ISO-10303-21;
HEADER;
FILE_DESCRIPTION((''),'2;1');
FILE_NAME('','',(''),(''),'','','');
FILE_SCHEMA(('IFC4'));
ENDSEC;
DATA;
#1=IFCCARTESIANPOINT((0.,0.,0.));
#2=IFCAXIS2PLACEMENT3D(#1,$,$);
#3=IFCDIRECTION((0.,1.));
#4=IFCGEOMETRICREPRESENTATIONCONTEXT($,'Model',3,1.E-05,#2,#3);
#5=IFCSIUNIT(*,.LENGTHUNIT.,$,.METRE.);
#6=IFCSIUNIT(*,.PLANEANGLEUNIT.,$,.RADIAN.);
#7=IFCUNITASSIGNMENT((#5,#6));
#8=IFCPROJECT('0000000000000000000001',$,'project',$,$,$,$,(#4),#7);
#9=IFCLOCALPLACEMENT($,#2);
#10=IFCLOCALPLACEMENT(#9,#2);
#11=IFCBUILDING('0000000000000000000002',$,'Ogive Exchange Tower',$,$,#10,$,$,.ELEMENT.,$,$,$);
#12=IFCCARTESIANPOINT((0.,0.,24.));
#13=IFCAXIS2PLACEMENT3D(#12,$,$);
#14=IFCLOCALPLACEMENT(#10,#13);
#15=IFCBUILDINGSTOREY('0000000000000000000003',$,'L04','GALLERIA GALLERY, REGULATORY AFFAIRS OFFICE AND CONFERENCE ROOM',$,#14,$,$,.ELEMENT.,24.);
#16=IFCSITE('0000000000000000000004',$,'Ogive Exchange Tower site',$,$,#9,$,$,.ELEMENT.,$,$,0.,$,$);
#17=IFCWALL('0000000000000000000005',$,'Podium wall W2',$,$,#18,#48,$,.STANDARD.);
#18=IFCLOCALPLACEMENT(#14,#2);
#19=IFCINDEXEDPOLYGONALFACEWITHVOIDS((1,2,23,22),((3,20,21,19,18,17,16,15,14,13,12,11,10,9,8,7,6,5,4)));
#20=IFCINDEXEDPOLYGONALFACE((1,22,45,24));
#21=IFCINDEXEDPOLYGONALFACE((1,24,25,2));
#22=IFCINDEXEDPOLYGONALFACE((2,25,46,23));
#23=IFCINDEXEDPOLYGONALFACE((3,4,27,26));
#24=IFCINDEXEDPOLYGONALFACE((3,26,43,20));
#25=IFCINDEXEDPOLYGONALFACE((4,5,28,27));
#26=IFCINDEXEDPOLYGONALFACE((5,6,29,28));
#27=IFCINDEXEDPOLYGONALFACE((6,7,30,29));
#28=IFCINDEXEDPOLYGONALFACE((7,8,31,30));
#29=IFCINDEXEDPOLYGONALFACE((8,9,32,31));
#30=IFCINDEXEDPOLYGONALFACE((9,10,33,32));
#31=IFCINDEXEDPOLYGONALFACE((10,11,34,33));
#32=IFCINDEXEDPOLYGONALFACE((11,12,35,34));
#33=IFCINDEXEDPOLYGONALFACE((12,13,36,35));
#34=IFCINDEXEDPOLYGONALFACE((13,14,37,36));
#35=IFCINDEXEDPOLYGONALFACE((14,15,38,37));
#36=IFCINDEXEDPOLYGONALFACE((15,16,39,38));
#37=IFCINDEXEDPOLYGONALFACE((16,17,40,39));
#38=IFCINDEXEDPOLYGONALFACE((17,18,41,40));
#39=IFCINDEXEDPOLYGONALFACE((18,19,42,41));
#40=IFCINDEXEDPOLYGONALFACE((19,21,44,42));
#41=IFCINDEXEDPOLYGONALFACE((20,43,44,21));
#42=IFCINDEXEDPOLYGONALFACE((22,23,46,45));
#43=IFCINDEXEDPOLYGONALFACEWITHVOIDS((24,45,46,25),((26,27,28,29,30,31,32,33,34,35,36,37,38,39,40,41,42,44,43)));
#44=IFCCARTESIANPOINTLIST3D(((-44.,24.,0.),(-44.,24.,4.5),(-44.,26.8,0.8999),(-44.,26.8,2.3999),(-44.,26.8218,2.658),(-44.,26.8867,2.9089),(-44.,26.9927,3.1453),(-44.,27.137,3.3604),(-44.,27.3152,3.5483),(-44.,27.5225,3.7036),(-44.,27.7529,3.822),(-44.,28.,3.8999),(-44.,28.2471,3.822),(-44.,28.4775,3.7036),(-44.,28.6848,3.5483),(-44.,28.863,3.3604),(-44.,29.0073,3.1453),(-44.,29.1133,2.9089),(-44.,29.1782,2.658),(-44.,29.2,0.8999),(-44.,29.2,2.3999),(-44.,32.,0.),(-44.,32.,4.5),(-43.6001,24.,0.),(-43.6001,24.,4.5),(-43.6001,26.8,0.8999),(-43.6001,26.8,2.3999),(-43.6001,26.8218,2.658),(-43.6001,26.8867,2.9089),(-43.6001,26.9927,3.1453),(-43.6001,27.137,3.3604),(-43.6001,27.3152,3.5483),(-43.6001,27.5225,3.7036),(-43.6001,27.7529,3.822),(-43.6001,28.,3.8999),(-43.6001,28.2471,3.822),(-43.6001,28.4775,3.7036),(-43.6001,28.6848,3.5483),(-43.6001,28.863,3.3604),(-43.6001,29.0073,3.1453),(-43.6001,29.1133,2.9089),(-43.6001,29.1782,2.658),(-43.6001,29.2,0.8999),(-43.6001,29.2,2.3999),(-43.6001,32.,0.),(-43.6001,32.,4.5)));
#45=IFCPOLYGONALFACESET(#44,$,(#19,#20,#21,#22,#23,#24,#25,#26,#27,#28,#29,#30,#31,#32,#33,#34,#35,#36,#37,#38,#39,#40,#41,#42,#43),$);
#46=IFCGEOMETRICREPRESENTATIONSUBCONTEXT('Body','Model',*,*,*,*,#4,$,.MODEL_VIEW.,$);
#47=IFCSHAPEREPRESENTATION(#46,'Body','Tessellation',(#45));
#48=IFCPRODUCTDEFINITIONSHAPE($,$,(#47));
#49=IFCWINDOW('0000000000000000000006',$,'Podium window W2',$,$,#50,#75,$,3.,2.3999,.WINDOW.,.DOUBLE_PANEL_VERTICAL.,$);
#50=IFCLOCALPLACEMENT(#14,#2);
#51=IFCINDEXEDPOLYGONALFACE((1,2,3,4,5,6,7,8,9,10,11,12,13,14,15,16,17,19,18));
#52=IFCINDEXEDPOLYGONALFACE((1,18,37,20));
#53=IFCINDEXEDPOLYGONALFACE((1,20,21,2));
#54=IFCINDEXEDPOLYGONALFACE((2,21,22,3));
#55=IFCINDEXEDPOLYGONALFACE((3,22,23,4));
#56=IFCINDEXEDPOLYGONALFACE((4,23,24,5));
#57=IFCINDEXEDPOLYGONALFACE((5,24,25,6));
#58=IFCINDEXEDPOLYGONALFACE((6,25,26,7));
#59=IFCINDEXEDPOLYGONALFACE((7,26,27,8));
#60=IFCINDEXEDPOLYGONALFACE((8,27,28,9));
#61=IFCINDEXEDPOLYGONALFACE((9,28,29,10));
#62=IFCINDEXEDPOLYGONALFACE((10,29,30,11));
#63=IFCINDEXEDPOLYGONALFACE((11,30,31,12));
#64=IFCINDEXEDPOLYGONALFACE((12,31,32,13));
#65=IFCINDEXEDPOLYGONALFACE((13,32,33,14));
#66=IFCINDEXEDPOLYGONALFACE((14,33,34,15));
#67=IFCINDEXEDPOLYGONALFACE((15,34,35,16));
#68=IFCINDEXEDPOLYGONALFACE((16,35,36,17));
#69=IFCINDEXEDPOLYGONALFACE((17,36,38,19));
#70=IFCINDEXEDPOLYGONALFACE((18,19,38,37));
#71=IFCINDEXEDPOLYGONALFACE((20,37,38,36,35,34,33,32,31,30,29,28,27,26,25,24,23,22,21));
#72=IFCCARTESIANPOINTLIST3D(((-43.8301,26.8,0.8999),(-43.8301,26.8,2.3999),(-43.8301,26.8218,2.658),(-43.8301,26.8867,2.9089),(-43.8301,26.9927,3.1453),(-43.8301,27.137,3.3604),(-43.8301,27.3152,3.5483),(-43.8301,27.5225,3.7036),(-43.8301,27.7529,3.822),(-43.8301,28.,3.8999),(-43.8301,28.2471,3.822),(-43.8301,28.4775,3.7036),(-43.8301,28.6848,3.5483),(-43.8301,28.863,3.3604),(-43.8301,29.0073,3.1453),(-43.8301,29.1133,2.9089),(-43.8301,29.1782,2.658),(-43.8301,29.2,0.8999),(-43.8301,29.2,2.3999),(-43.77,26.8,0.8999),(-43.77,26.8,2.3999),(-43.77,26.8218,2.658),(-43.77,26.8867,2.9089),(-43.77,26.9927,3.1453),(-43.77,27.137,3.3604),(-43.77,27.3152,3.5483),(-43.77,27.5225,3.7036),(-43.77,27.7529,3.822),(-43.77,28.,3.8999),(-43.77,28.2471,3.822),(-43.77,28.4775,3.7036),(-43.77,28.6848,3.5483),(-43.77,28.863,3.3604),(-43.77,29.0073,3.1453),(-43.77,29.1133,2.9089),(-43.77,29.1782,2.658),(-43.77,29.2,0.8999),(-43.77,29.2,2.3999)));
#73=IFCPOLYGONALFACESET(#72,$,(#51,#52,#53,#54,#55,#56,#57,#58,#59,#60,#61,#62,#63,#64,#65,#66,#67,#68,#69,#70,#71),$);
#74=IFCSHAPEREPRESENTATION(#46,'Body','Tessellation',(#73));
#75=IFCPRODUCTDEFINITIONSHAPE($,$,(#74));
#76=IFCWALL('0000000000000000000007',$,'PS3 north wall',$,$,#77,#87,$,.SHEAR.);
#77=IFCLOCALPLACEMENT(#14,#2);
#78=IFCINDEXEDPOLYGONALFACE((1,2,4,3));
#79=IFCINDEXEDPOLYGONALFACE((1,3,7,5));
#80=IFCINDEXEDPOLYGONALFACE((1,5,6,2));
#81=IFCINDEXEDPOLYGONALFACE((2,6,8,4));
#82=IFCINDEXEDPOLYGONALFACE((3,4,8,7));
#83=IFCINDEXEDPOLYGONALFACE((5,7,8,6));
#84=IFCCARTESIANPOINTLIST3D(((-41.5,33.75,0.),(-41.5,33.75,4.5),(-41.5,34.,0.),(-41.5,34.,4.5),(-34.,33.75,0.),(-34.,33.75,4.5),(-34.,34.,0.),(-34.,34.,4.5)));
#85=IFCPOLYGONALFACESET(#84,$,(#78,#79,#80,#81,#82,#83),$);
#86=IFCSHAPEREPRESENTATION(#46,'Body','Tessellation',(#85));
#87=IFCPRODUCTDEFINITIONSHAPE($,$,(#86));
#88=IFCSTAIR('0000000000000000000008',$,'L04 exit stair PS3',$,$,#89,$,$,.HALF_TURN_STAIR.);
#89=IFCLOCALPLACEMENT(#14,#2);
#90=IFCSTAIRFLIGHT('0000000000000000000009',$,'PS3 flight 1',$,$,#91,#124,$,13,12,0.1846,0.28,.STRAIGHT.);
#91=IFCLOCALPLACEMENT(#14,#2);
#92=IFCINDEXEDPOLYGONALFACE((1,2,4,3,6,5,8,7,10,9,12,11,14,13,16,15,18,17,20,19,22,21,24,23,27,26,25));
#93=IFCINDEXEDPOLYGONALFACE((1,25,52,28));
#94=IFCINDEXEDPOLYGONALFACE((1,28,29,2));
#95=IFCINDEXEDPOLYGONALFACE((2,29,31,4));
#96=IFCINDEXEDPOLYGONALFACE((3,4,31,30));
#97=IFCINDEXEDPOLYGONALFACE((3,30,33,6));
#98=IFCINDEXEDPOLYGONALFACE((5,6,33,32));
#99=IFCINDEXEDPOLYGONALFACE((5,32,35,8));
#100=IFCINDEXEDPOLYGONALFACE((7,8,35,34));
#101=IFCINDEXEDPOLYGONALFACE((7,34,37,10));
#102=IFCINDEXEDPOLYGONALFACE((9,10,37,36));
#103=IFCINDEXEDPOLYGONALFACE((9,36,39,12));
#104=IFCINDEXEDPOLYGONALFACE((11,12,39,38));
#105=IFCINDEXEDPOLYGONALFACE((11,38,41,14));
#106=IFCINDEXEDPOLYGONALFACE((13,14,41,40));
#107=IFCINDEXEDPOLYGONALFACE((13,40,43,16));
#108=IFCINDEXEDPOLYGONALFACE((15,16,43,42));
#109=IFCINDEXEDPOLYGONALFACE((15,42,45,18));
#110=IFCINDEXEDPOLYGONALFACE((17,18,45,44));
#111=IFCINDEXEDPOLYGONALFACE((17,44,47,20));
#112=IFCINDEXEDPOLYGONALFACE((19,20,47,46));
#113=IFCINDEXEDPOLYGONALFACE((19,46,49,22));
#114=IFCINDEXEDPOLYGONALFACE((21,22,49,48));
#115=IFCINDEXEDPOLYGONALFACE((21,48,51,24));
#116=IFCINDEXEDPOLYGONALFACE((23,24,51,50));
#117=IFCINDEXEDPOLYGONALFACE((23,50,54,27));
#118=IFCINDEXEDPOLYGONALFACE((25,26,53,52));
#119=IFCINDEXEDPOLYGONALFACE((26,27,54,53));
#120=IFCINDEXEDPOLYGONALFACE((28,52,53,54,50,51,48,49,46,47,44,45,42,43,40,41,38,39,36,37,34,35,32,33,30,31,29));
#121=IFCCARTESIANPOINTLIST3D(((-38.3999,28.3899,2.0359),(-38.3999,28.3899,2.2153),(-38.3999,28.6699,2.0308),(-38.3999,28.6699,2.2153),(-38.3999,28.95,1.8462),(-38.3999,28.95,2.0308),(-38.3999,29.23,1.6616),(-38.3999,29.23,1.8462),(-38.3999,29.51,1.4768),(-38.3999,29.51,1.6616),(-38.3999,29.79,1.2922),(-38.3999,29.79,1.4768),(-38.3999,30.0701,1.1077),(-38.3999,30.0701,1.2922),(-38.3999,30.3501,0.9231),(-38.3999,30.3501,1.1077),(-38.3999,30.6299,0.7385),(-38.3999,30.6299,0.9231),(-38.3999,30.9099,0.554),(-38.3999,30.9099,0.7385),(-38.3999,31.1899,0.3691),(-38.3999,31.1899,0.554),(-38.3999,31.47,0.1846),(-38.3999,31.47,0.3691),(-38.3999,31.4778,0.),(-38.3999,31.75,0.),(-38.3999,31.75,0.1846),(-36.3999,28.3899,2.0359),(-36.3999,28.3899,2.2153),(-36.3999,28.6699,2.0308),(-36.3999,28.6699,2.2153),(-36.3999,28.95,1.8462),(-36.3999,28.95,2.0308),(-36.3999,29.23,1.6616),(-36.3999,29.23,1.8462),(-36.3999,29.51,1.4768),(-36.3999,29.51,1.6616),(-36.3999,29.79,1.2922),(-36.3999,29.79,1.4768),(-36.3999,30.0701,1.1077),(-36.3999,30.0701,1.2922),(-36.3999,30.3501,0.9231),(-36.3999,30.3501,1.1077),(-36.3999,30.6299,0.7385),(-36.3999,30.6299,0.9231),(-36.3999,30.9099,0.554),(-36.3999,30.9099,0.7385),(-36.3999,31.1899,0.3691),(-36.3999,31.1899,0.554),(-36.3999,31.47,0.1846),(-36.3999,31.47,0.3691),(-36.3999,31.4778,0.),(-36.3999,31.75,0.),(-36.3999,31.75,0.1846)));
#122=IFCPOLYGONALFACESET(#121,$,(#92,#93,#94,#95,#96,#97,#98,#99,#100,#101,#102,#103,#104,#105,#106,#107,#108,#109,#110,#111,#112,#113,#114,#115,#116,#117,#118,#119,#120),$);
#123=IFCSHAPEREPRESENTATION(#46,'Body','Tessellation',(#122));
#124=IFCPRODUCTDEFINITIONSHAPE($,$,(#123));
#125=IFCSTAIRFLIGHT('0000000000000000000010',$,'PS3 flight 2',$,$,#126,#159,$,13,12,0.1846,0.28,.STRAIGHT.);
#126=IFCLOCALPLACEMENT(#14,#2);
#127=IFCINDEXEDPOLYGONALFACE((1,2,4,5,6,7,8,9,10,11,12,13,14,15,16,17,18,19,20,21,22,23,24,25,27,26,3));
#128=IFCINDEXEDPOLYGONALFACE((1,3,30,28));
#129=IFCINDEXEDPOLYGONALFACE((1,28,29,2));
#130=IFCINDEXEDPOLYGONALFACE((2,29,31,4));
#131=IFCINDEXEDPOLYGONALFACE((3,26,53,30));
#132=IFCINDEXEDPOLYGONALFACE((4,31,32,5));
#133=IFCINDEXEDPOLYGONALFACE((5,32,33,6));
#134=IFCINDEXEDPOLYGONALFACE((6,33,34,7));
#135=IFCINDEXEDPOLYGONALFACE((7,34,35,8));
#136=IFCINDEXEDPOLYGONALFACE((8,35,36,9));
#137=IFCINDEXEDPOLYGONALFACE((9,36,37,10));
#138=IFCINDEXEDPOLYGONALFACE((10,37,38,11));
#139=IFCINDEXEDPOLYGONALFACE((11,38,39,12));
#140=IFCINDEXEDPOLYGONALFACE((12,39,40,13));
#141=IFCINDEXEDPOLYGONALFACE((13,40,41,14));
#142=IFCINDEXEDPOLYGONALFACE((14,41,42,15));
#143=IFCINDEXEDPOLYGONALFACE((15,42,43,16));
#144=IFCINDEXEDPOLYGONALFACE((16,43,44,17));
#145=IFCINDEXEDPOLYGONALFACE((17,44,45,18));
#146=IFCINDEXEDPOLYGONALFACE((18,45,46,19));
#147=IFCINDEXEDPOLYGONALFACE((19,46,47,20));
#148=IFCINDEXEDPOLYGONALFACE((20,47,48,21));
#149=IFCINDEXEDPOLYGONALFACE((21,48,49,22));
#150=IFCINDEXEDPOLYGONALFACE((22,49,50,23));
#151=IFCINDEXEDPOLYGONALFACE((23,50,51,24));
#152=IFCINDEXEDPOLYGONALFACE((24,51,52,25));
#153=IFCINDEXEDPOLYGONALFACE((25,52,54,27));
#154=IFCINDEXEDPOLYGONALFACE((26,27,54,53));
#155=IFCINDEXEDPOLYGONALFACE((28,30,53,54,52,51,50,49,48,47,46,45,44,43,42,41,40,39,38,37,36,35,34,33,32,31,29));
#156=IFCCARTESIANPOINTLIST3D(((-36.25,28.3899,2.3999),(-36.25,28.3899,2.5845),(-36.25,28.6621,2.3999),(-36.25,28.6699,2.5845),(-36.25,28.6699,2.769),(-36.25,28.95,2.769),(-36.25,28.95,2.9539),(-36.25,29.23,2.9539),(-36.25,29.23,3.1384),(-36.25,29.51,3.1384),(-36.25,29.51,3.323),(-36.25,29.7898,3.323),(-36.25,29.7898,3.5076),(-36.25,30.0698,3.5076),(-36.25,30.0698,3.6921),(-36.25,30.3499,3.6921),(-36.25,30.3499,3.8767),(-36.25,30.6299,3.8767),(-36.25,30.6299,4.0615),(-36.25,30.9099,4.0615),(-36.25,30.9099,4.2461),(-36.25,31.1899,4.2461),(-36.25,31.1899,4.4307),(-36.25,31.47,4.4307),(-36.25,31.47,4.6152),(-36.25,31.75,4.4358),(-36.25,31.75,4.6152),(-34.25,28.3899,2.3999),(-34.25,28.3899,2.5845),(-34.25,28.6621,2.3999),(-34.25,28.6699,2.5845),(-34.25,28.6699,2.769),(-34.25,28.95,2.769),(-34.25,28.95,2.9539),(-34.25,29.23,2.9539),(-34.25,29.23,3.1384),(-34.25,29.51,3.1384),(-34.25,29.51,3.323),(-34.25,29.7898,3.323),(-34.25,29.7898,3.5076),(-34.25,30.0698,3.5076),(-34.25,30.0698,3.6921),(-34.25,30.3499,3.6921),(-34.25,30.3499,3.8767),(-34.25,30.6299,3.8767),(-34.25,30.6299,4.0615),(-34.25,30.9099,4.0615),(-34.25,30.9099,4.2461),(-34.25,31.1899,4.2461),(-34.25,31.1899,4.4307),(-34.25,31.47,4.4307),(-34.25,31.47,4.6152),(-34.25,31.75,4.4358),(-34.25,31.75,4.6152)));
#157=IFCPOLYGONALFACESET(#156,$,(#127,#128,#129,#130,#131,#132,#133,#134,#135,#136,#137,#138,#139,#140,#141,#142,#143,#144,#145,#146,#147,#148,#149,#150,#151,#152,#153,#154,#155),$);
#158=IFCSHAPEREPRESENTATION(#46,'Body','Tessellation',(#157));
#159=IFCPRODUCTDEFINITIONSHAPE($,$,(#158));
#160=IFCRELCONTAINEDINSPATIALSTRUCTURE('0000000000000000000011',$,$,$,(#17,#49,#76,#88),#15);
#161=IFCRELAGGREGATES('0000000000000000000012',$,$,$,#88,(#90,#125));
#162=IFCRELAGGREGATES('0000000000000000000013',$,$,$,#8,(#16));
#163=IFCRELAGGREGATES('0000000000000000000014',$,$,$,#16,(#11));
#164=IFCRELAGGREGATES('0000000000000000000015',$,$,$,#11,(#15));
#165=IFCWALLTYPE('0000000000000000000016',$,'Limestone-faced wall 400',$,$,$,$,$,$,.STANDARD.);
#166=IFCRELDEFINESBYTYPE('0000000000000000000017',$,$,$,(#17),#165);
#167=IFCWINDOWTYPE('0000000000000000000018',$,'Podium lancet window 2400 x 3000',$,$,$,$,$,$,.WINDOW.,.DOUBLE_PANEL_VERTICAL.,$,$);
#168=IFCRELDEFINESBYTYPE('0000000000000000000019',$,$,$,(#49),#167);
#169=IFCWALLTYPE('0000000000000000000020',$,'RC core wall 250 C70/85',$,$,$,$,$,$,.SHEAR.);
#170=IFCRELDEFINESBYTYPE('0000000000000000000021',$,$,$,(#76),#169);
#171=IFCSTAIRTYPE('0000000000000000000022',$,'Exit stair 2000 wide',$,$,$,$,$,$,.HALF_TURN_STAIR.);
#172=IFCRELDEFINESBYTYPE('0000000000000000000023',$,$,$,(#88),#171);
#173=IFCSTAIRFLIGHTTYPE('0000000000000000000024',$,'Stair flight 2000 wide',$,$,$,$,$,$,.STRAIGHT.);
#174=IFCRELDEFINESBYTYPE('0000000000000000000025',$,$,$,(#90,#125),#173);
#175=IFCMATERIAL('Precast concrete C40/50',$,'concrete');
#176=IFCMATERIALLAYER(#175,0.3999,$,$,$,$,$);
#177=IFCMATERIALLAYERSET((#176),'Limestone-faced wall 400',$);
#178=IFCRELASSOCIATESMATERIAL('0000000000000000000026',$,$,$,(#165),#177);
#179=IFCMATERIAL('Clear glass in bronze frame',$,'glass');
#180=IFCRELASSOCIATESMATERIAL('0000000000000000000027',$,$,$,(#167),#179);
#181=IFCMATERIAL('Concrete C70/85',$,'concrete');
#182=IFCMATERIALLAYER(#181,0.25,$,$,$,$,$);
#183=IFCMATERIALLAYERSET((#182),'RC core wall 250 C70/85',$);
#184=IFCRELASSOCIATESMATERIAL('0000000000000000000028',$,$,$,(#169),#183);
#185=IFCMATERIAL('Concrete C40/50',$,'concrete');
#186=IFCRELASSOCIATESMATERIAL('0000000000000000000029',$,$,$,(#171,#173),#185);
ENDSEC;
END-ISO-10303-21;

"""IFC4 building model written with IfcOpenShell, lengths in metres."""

from ifc_helpers import new_model, si_unit, direction, frame, frame_2d, origin, place, context, subcontext, project, spatial, polyline, rectangle, outline, extrude, material, layer, layer_set, type_object, element, fill, aggregate, save


model = new_model("IFC4")

# Units and contexts
model_context = context("Model", 3, precision=1e-05, world=origin(), true_north=direction((0.0, 1.0)))
body_context = subcontext(model_context, "Body", "Model", "MODEL_VIEW")
ifc_project = project(units=[si_unit("LENGTHUNIT", "METRE"), si_unit("PLANEANGLEUNIT", "RADIAN")], contexts=[model_context])

# Site, building, storey
site_placement = place(None, origin())
site = spatial("IfcSite", under=ifc_project, at=site_placement, Name="Ogive Exchange Tower site", CompositionType="ELEMENT", RefElevation=0.0)
building_placement = place(site_placement, origin())
building = spatial("IfcBuilding", under=site, at=building_placement, Name="Ogive Exchange Tower", CompositionType="ELEMENT")
storey_placement = place(building_placement, frame((0.0, 0.0, 24.0)))
storey = spatial("IfcBuildingStorey", under=building, at=storey_placement, Name="L04", Description="GALLERIA GALLERY, REGULATORY AFFAIRS OFFICE AND CONFERENCE ROOM", CompositionType="ELEMENT", Elevation=24.0)

# Shared definitions
ifc_material_1 = material(Name="Concrete C70/85", Category="concrete")

# Shared definitions
ifc_material_2 = material(Name="Precast concrete C40/50", Category="concrete")
ifc_layer_1 = layer(ifc_material_2, 0.3999)
ifc_layer_set_1 = layer_set([ifc_layer_1], Name="Limestone-faced wall 400")
wall_type_1 = type_object("IfcWallType", Name="Limestone-faced wall 400", PredefinedType="STANDARD", material=ifc_layer_set_1)
ifc_material_3 = material(Name="Clear glass in bronze frame", Category="glass")

# Wall, opening, window
wall_1_placement = place(storey_placement, frame((-43.8, 32.0, 0.0), z_axis=(0.0, 0.0, 1.0), x_axis=(0.0, -1.0, 0.0)))
wall_1 = element("IfcWall", 1, at=wall_1_placement, inside=storey, type_object=wall_type_1, Name="Podium wall W2", PredefinedType="STANDARD", context=body_context, shape_type="SweptSolid", body=[
    extrude(rectangle(XDim=8.0, YDim=0.3999, at=frame_2d((4.0, 0.0))), origin(), (0.0, 0.0, 1.0), 4.5),
])
opening_1_placement = place(wall_1_placement, frame((2.8, 0.0, 0.8999)))
opening_1 = element("IfcOpeningElement", 2, at=opening_1_placement, cuts=wall_1, PredefinedType="OPENING", context=body_context, shape_type="SweptSolid", body=[
    extrude(outline(polyline([(0.0, 0.0), (2.3999, 0.0), (2.3999, 1.5), (2.3782, 1.7581), (2.3132, 2.009), (2.2073, 2.2454), (2.063, 2.4604), (1.8848, 2.6484), (1.6775, 2.8037), (1.447, 2.9221), (1.2, 3.0), (0.9529, 2.9221), (0.7224, 2.8037), (0.5151, 2.6484), (0.3369, 2.4604), (0.1926, 2.2454), (0.0867, 2.009), (0.0217, 1.7581), (0.0, 1.5), (0.0, 0.0)])), frame((0.0, 0.21, 0.0), z_axis=(0.0, -1.0, 0.0), x_axis=(1.0, 0.0, 0.0)), (0.0, 0.0, 1.0), 0.4199),
])
window_type_1 = type_object("IfcWindowType", Name="Podium lancet window 2400 x 3000", PartitioningType="DOUBLE_PANEL_VERTICAL", PredefinedType="WINDOW", material=ifc_material_3)
window_1_placement = place(opening_1_placement, origin())
window_1 = element("IfcWindow", 3, at=window_1_placement, inside=storey, type_object=window_type_1, Name="Podium window W2", OverallHeight=3.0, OverallWidth=2.3999, PartitioningType="DOUBLE_PANEL_VERTICAL", PredefinedType="WINDOW", context=body_context, shape_type="SweptSolid", body=[
    extrude(outline(polyline([(0.0, 0.0), (2.3999, 0.0), (2.3999, 1.5), (2.3782, 1.7581), (2.3132, 2.009), (2.2073, 2.2454), (2.063, 2.4604), (1.8848, 2.6484), (1.6775, 2.8037), (1.447, 2.9221), (1.2, 3.0), (0.9529, 2.9221), (0.7224, 2.8037), (0.5151, 2.6484), (0.3369, 2.4604), (0.1926, 2.2454), (0.0867, 2.009), (0.0217, 1.7581), (0.0, 1.5), (0.0, 0.0)])), frame((0.0, 0.03, 0.0), z_axis=(0.0, -1.0, 0.0), x_axis=(1.0, 0.0, 0.0)), (0.0, 0.0, 1.0), 0.0601),
])
fill(opening_1, window_1)

# Wall
ifc_layer_2 = layer(ifc_material_1, 0.25)
ifc_layer_set_2 = layer_set([ifc_layer_2], Name="RC core wall 250 C70/85")
wall_type_2 = type_object("IfcWallType", Name="RC core wall 250 C70/85", PredefinedType="SHEAR", material=ifc_layer_set_2)
wall_2_placement = place(storey_placement, frame((-41.5, 33.875, 0.0), z_axis=(0.0, 0.0, 1.0), x_axis=(1.0, 0.0, 0.0)))
element("IfcWall", 4, at=wall_2_placement, inside=storey, type_object=wall_type_2, Name="PS3 north wall", PredefinedType="SHEAR", context=body_context, shape_type="SweptSolid", body=[
    extrude(rectangle(XDim=7.5, YDim=0.25, at=frame_2d((3.75, 0.0))), origin(), (0.0, 0.0, 1.0), 4.5),
])

# Stair, stair flights
ifc_material_4 = material(Name="Concrete C40/50", Category="concrete")
stair_type = type_object("IfcStairType", Name="Exit stair 2000 wide", PredefinedType="HALF_TURN_STAIR", material=ifc_material_4)
stair_placement = place(storey_placement, origin())
stair = element("IfcStair", 5, at=stair_placement, inside=storey, type_object=stair_type, Name="L04 exit stair PS3", PredefinedType="HALF_TURN_STAIR")
stair_flight_type = type_object("IfcStairFlightType", Name="Stair flight 2000 wide", PredefinedType="STRAIGHT", material=ifc_material_4)
stair_flight_1_placement = place(storey_placement, frame((-37.3999, 31.75, 0.0), z_axis=(0.0, 0.0, 1.0), x_axis=(0.0, -1.0, 0.0)))
stair_flight_1 = element("IfcStairFlight", 6, at=stair_flight_1_placement, type_object=stair_flight_type, Name="PS3 flight 1", NumberOfRisers=13, NumberOfTreads=12, PredefinedType="STRAIGHT", RiserHeight=0.1846, TreadLength=0.28, context=body_context, shape_type="SweptSolid", body=[
    extrude(outline(polyline([(0.0, 0.0), (0.0, 0.1846), (0.28, 0.1846), (0.28, 0.3691), (0.5601, 0.3691), (0.5601, 0.554), (0.8401, 0.554), (0.8401, 0.7385), (1.1201, 0.7385), (1.1201, 0.9231), (1.3999, 0.9231), (1.3999, 1.1077), (1.6799, 1.1077), (1.6799, 1.2922), (1.96, 1.2922), (1.96, 1.4768), (2.24, 1.4768), (2.24, 1.6616), (2.52, 1.6616), (2.52, 1.8462), (2.8, 1.8462), (2.8, 2.0308), (3.0801, 2.0308), (3.0801, 2.2153), (3.3601, 2.2153), (3.3601, 2.3999), (3.3601, 2.0359), (0.2722, 0.0), (0.0, 0.0)])), frame((0.0, 1.0, 0.0), z_axis=(0.0, -1.0, 0.0), x_axis=(1.0, 0.0, 0.0)), (0.0, 0.0, 1.0), 2.0),
])
stair_flight_2_placement = place(storey_placement, frame((-35.25, 28.3899, 2.3999), z_axis=(0.0, 0.0, 1.0), x_axis=(0.0, 1.0, 0.0)))
stair_flight_2 = element("IfcStairFlight", 7, at=stair_flight_2_placement, type_object=stair_flight_type, Name="PS3 flight 2", NumberOfRisers=13, NumberOfTreads=12, PredefinedType="STRAIGHT", RiserHeight=0.1846, TreadLength=0.28, context=body_context, shape_type="SweptSolid", body=[
    extrude(outline(polyline([(0.0, 0.0), (0.0, 0.1846), (0.28, 0.1846), (0.28, 0.3691), (0.5601, 0.3691), (0.5601, 0.554), (0.8401, 0.554), (0.8401, 0.7385), (1.1201, 0.7385), (1.1201, 0.9231), (1.3999, 0.9231), (1.3999, 1.1077), (1.6799, 1.1077), (1.6799, 1.2922), (1.96, 1.2922), (1.96, 1.4768), (2.24, 1.4768), (2.24, 1.6616), (2.52, 1.6616), (2.52, 1.8462), (2.8, 1.8462), (2.8, 2.0308), (3.0801, 2.0308), (3.0801, 2.2153), (3.3601, 2.2153), (3.3601, 2.3999), (3.3601, 2.0359), (0.2722, 0.0), (0.0, 0.0)])), frame((0.0, 1.0, 0.0), z_axis=(0.0, -1.0, 0.0), x_axis=(1.0, 0.0, 0.0)), (0.0, 0.0, 1.0), 2.0),
])
aggregate(stair, [stair_flight_1, stair_flight_2])

save(model, "model.ifc")
